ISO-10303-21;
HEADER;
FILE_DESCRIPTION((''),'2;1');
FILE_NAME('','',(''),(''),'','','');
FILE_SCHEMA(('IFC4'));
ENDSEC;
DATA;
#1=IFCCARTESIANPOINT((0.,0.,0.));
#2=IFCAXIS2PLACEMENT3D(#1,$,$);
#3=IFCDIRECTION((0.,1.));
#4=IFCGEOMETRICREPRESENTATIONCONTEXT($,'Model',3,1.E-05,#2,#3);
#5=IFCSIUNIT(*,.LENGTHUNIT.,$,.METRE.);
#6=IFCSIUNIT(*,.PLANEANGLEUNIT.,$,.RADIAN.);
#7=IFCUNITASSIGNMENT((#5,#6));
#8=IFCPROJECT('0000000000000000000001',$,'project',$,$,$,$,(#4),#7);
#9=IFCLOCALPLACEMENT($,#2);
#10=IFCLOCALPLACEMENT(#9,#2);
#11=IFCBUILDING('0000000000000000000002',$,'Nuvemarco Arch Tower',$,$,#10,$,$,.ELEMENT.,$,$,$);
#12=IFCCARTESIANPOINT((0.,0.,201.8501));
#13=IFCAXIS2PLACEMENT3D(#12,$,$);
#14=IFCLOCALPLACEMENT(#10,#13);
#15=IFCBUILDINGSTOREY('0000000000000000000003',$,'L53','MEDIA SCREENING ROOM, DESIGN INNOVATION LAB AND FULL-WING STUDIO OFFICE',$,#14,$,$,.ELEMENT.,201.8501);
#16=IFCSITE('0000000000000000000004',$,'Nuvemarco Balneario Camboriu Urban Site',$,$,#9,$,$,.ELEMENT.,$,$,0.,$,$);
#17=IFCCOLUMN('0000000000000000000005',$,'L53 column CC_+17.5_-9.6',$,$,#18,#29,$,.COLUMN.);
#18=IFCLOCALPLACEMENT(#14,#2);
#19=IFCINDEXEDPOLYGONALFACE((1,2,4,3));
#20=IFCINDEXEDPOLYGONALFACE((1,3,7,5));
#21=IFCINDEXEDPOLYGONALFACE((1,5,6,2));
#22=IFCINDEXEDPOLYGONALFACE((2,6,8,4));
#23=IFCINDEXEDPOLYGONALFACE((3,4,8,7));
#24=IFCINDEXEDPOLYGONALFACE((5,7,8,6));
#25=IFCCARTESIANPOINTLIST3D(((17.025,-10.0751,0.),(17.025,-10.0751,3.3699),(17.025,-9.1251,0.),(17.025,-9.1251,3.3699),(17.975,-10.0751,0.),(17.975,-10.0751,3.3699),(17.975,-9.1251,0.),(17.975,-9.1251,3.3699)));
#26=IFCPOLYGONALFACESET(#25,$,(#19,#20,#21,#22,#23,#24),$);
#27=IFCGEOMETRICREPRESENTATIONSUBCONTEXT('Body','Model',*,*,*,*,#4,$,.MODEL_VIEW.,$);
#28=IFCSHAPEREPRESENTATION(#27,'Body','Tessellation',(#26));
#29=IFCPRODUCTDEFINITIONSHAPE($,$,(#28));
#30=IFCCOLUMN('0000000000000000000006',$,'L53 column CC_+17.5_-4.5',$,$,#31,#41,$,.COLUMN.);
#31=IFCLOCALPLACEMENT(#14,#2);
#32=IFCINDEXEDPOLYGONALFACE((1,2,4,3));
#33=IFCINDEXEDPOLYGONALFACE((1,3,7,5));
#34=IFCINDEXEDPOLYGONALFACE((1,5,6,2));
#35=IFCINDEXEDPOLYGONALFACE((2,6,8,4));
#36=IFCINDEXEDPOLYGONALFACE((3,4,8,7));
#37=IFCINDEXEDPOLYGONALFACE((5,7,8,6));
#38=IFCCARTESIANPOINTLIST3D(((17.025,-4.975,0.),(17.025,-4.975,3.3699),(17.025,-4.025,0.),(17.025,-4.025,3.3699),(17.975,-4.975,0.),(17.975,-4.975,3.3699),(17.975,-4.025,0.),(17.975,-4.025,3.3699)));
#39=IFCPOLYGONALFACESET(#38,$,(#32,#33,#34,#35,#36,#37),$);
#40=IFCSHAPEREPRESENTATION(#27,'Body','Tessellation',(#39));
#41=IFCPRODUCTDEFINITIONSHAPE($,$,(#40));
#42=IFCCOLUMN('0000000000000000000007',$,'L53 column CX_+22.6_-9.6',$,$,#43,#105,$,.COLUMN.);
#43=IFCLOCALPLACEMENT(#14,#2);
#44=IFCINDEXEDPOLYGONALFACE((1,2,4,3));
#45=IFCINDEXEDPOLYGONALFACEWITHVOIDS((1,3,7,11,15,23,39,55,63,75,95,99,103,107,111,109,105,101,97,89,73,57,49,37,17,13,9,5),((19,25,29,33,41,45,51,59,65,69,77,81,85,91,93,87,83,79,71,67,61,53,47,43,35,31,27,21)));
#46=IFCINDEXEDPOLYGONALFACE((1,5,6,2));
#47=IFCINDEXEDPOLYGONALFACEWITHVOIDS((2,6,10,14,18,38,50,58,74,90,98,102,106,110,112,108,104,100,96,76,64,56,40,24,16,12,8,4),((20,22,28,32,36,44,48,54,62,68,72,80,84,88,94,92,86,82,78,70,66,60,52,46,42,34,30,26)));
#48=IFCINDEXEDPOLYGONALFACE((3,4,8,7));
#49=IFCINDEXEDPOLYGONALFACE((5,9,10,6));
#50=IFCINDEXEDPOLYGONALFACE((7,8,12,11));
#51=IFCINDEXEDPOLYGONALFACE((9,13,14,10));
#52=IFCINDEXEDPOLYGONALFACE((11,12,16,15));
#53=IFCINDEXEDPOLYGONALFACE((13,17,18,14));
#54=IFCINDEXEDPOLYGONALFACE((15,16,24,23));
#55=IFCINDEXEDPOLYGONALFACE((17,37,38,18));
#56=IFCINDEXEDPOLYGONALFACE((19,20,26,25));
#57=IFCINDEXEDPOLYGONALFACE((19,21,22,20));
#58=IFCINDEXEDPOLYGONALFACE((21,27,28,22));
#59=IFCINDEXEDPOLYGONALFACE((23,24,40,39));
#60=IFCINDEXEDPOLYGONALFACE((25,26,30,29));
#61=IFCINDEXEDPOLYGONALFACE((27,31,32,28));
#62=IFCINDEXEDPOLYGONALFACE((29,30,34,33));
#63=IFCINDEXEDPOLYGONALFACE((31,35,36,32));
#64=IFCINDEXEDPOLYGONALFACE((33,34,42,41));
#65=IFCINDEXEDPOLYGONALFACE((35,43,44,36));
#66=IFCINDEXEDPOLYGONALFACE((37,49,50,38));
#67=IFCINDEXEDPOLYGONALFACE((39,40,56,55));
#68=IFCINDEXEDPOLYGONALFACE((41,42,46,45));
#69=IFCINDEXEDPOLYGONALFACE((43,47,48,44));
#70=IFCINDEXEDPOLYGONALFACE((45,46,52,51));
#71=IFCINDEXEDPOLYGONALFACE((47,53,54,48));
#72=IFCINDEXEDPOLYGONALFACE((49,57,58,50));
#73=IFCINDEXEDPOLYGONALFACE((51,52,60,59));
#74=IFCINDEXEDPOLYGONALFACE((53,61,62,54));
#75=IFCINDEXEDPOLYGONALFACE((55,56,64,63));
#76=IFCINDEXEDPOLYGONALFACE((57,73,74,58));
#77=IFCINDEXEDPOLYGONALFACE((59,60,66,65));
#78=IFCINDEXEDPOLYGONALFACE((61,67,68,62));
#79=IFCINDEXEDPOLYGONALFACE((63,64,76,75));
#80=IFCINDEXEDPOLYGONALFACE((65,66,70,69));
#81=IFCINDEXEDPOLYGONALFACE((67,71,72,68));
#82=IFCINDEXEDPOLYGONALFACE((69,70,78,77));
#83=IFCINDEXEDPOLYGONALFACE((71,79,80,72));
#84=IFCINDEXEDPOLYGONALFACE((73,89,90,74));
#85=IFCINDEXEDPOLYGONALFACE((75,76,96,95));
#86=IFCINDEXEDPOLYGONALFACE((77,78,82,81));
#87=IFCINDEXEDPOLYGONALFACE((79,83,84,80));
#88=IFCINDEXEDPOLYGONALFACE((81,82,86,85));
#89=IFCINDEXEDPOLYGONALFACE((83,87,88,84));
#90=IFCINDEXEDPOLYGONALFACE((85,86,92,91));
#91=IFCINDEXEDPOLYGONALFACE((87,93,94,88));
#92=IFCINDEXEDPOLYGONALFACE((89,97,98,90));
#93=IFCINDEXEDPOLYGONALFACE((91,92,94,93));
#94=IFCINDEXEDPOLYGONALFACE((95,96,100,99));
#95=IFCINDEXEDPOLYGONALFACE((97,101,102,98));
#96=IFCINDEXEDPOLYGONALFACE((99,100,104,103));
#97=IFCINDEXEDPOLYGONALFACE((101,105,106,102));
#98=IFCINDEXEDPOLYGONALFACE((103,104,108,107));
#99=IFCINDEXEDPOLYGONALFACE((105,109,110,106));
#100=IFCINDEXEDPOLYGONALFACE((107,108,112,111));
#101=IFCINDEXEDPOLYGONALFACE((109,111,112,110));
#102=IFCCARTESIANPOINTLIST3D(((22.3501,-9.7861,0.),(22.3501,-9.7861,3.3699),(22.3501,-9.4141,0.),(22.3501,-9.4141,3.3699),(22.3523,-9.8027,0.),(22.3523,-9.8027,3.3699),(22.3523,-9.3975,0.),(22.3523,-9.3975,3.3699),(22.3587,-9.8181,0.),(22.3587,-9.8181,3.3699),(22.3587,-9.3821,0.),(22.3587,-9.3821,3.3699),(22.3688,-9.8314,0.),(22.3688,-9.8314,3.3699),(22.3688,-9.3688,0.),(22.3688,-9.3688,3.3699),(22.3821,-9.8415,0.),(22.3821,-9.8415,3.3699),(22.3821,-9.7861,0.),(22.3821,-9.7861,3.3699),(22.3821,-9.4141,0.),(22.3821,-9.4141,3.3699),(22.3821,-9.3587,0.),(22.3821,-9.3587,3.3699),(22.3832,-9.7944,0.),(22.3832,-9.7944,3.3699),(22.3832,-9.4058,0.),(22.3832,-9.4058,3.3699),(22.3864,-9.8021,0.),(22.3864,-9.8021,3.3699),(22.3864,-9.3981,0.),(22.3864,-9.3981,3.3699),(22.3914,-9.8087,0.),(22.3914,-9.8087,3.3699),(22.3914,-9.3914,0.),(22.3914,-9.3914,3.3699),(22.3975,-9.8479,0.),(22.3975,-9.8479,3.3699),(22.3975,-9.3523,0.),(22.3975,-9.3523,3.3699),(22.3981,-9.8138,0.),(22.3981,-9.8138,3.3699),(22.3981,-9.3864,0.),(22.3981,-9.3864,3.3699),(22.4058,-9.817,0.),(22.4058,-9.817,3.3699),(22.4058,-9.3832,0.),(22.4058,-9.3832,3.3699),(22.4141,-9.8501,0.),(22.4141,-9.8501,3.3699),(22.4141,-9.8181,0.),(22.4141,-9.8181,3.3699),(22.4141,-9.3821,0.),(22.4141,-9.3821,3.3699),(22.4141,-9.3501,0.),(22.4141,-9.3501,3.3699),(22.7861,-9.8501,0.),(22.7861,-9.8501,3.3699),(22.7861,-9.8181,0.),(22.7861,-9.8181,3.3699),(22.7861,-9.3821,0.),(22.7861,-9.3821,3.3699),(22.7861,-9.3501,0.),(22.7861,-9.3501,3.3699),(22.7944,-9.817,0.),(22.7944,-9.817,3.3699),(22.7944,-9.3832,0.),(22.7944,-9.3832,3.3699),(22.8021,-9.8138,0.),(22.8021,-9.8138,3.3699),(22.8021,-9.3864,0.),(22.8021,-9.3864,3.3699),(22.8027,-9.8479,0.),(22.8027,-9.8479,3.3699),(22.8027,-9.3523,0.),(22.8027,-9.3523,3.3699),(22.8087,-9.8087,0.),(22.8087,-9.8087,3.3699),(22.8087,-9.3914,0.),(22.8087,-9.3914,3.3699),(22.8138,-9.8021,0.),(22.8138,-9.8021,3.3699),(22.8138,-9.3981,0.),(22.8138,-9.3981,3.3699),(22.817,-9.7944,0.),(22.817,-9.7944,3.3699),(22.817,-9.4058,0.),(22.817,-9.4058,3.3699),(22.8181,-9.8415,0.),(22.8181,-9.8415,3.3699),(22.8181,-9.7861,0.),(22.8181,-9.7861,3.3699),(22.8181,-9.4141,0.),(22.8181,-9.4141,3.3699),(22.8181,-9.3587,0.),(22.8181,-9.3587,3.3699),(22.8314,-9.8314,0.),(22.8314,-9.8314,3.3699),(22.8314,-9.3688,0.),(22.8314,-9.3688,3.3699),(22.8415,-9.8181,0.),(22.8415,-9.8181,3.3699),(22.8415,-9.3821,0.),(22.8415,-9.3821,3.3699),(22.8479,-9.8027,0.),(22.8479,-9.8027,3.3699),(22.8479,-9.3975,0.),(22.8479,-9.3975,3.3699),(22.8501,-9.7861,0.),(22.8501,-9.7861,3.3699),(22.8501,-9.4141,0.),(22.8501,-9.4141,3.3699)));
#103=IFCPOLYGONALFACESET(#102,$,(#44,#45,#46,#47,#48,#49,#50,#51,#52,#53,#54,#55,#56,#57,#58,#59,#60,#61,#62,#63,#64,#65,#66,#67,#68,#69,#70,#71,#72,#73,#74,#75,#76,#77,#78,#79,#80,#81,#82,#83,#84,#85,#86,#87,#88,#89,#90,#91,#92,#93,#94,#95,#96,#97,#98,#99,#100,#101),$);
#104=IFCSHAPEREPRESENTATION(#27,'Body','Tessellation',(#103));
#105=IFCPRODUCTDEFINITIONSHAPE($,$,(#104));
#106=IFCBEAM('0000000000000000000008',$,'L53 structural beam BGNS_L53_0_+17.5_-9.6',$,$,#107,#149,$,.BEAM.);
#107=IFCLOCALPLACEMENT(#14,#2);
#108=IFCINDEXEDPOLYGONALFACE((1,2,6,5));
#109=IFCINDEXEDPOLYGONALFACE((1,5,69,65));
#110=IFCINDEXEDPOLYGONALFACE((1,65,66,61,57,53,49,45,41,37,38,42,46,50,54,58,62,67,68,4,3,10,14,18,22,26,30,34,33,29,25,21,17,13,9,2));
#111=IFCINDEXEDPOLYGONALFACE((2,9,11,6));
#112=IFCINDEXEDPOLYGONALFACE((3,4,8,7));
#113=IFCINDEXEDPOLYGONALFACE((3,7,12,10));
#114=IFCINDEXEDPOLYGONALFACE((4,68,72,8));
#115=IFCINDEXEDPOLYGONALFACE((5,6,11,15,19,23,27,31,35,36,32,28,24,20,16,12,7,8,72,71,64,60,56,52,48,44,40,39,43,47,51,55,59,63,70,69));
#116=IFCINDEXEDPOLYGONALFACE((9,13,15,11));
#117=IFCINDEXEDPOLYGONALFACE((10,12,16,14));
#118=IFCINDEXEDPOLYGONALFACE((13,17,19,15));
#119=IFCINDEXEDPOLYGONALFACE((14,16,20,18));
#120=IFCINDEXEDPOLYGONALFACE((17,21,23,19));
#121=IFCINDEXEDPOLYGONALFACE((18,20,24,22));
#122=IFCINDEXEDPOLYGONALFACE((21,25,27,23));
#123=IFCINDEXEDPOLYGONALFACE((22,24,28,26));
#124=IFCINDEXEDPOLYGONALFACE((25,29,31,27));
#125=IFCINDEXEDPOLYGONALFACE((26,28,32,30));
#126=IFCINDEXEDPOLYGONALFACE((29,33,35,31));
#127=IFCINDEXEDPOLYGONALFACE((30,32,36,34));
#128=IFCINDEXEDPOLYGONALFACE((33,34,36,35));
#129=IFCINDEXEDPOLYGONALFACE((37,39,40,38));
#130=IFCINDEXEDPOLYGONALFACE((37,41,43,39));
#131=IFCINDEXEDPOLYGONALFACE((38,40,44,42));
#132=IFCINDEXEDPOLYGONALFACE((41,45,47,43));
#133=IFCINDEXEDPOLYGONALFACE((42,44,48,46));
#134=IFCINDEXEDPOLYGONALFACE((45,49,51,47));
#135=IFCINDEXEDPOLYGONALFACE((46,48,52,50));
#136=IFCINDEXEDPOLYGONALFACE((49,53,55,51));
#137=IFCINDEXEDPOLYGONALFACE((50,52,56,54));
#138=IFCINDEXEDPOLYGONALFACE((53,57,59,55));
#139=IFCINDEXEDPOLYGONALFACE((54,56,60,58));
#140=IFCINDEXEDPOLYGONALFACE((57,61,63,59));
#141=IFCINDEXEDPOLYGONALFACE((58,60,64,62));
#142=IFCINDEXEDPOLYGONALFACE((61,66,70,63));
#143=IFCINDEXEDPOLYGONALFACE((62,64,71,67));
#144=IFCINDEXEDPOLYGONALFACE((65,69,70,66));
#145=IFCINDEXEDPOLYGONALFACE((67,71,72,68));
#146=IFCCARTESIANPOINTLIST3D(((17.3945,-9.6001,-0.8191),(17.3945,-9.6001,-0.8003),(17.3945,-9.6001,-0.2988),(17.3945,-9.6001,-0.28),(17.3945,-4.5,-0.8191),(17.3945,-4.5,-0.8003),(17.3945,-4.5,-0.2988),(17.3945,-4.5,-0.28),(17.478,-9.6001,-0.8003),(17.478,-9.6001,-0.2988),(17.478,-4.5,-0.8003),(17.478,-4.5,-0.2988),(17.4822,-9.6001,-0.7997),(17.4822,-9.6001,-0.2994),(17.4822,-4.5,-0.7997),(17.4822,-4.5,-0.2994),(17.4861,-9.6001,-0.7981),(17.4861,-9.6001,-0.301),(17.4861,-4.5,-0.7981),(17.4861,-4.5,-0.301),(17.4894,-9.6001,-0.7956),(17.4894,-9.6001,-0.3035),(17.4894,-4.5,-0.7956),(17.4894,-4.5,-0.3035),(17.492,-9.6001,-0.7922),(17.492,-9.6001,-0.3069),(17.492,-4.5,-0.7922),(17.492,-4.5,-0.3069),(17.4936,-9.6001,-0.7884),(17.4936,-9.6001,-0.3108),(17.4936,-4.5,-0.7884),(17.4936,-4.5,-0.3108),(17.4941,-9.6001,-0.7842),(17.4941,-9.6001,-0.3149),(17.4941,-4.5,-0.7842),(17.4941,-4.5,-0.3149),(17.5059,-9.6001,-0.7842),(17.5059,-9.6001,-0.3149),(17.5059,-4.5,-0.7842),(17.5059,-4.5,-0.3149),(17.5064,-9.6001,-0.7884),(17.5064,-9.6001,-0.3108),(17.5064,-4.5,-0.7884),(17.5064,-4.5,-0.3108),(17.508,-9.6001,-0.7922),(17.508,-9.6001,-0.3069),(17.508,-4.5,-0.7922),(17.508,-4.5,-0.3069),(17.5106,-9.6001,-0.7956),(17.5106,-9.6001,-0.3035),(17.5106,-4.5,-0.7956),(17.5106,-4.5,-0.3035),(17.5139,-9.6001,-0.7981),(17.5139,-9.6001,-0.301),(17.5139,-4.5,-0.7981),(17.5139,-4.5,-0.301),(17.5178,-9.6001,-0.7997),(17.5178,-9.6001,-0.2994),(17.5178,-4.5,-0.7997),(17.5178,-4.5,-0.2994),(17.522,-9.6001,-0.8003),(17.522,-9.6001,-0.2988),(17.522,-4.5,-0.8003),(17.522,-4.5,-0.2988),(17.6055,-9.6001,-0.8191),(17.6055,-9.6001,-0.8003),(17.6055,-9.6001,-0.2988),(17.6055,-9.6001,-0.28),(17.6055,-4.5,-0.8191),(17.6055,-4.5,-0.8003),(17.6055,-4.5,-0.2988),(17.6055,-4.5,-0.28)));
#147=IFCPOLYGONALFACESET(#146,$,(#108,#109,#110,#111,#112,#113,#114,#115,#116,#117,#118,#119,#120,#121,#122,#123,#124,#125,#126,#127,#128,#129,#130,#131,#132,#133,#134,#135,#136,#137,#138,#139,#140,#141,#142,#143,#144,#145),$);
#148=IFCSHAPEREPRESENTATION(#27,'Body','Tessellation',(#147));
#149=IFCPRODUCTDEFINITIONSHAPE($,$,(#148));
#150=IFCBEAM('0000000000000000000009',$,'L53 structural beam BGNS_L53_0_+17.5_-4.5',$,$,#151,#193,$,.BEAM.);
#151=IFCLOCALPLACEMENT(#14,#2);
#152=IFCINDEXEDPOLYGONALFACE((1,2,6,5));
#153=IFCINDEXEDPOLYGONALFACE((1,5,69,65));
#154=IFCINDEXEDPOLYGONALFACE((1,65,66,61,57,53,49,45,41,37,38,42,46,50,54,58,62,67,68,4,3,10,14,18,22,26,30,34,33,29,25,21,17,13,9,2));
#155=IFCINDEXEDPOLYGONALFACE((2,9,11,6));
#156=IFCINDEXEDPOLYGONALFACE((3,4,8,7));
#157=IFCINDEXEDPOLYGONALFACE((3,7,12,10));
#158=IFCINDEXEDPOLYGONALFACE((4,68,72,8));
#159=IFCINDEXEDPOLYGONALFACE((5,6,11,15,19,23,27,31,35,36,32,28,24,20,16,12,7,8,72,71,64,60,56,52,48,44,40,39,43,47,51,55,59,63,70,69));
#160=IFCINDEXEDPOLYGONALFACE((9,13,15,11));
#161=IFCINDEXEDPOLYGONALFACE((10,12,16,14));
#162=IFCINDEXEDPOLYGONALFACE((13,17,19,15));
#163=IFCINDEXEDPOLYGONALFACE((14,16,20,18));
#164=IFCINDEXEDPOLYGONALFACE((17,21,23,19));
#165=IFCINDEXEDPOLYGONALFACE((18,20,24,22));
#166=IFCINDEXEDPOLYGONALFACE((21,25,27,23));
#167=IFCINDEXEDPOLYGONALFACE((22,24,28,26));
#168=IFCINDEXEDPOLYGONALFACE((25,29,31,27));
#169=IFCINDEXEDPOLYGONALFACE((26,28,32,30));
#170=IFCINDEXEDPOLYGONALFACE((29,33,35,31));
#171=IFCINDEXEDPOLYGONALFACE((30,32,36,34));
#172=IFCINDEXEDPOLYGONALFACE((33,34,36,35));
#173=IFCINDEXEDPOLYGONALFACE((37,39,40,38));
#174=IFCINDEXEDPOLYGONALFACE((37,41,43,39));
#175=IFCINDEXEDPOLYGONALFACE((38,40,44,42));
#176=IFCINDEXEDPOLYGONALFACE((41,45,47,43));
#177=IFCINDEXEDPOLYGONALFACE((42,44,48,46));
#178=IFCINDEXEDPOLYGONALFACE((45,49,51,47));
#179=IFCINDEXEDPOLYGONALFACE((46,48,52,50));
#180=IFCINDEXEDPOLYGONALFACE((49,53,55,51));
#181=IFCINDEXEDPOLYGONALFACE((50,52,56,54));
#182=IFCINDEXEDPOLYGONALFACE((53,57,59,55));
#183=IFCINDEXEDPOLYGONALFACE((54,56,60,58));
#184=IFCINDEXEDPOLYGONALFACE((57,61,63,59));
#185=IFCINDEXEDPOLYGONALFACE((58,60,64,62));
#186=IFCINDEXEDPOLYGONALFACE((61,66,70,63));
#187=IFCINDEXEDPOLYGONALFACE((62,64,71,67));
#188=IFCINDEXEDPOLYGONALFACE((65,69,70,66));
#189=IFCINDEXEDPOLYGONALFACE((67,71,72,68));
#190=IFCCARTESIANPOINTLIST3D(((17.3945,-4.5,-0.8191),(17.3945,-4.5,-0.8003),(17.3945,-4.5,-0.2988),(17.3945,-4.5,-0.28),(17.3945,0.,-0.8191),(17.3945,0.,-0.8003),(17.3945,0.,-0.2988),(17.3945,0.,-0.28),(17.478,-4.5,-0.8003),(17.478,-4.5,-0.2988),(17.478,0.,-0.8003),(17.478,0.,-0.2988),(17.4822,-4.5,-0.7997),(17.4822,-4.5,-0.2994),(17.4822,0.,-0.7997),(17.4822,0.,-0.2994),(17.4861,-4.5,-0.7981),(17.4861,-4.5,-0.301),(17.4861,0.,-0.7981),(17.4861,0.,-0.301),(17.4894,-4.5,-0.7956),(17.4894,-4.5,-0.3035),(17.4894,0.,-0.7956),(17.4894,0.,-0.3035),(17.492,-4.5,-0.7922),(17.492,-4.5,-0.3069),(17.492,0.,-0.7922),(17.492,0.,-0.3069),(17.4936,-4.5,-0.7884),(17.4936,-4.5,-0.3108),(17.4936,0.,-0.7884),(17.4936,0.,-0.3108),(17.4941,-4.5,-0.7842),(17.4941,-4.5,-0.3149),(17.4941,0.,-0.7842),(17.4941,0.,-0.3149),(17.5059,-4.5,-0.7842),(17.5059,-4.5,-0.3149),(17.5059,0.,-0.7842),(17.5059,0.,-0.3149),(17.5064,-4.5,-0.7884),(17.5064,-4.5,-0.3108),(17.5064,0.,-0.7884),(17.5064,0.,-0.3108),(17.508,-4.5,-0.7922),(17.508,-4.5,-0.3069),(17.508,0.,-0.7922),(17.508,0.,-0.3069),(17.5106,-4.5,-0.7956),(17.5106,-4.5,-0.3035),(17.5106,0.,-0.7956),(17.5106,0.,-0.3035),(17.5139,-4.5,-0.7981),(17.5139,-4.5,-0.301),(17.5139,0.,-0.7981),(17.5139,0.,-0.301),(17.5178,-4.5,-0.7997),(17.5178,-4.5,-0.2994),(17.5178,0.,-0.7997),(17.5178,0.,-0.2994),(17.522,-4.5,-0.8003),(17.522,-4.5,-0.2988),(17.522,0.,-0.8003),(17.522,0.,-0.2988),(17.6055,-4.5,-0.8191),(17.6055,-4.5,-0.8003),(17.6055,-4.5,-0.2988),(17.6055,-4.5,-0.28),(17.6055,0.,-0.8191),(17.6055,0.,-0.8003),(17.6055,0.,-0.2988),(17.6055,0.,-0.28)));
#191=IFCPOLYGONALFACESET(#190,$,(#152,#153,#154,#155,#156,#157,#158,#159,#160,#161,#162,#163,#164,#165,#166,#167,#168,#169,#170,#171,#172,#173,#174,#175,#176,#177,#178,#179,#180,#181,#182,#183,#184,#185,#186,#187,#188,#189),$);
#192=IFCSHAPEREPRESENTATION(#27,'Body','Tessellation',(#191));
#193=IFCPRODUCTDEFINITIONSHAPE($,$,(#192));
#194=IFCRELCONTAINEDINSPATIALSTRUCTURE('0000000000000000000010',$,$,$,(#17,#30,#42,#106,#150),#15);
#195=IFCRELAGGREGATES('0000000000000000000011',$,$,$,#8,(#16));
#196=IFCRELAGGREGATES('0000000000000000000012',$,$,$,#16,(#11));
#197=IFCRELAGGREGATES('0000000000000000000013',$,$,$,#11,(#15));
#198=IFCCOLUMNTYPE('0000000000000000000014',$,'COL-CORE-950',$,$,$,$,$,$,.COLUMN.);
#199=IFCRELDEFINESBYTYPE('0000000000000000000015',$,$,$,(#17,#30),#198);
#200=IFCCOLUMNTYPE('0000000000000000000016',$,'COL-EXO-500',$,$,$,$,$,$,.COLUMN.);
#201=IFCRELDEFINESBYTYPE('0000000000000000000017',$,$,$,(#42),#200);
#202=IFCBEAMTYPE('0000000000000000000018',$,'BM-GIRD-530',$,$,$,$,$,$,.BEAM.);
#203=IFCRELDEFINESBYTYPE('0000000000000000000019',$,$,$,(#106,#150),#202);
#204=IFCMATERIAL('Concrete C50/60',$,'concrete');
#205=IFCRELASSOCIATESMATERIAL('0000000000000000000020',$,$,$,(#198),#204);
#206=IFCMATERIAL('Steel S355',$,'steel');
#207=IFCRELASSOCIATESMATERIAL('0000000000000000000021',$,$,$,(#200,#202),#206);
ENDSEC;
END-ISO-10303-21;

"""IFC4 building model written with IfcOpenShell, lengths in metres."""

from ifc_helpers import new_model, si_unit, direction, frame, origin, origin_2d, place, context, subcontext, project, spatial, rectangle, hollow_rectangle, i_section, extrude, material, material_profile, profile_set, type_object, element, save


model = new_model("IFC4")

# Units and contexts
model_context = context("Model", 3, precision=1e-05, world=origin(), true_north=direction((0.0, 1.0)))
body_context = subcontext(model_context, "Body", "Model", "MODEL_VIEW")
ifc_project = project(units=[si_unit("LENGTHUNIT", "METRE"), si_unit("PLANEANGLEUNIT", "RADIAN")], contexts=[model_context])

# Site, building, storey
site_placement = place(None, origin())
site = spatial("IfcSite", under=ifc_project, at=site_placement, Name="Nuvemarco Balneario Camboriu Urban Site", CompositionType="ELEMENT", RefElevation=0.0)
building_placement = place(site_placement, origin())
building = spatial("IfcBuilding", under=site, at=building_placement, Name="Nuvemarco Arch Tower", CompositionType="ELEMENT")
storey_placement = place(building_placement, frame((0.0, 0.0, 201.8501)))
storey = spatial("IfcBuildingStorey", under=building, at=storey_placement, Name="L53", Description="MEDIA SCREENING ROOM, DESIGN INNOVATION LAB AND FULL-WING STUDIO OFFICE", CompositionType="ELEMENT", Elevation=201.8501)

# Columns
ifc_material_1 = material(Name="Concrete C50/60", Category="concrete")
ifc_material_profile_1 = material_profile(ifc_material_1, rectangle(XDim=0.95, YDim=0.95, at=origin_2d()), Name="RC-COL-950x950")
ifc_profile_set_1 = profile_set([ifc_material_profile_1], Name="Concrete C50/60")
column_type_1 = type_object("IfcColumnType", Name="COL-CORE-950", PredefinedType="COLUMN", material=ifc_profile_set_1)
for number, where, z_axis, x_axis, name in (
    (1, (17.5, -9.6001, 0.0), (0.0, 0.0, 1.0), (1.0, 0.0, 0.0), "L53 column CC_+17.5_-9.6"),
    (2, (17.5, -4.5, 0.0), (0.0, 0.0, 1.0), (1.0, 0.0, 0.0), "L53 column CC_+17.5_-4.5"),
):
    element("IfcColumn", number, at=place(storey_placement, frame(where, z_axis=z_axis, x_axis=x_axis)), inside=storey, type_object=column_type_1, Name=name, PredefinedType="COLUMN", context=body_context, shape_type="SweptSolid", body=[
        extrude(rectangle(XDim=0.95, YDim=0.95, at=origin_2d()), origin(), (0.0, 0.0, 1.0), 3.3699),
    ])
ifc_material_2 = material(Name="Steel S355", Category="steel")
ifc_material_profile_2 = material_profile(ifc_material_2, hollow_rectangle(XDim=0.5, YDim=0.5, WallThickness=0.032, InnerFilletRadius=0.032, OuterFilletRadius=0.064, at=origin_2d()), Name="SHS500x500x32")
ifc_profile_set_2 = profile_set([ifc_material_profile_2], Name="Steel S355")
column_type_2 = type_object("IfcColumnType", Name="COL-EXO-500", PredefinedType="COLUMN", material=ifc_profile_set_2)
column_placement = place(storey_placement, frame((22.6001, -9.6001, 0.0), z_axis=(0.0, 0.0, 1.0), x_axis=(1.0, 0.0, 0.0)))
element("IfcColumn", 3, at=column_placement, inside=storey, type_object=column_type_2, Name="L53 column CX_+22.6_-9.6", PredefinedType="COLUMN", context=body_context, shape_type="SweptSolid", body=[
    extrude(hollow_rectangle(XDim=0.5, YDim=0.5, WallThickness=0.032, InnerFilletRadius=0.032, OuterFilletRadius=0.064, at=origin_2d()), origin(), (0.0, 0.0, 1.0), 3.3699),
])

# Beams
ifc_material_profile_3 = material_profile(ifc_material_2, i_section(OverallWidth=0.2109, OverallDepth=0.5391, WebThickness=0.0117, FlangeThickness=0.0188, FilletRadius=0.0161, at=origin_2d()), Name="W530x109")
ifc_profile_set_3 = profile_set([ifc_material_profile_3], Name="Steel S355")
beam_type_1 = type_object("IfcBeamType", Name="BM-GIRD-530", PredefinedType="BEAM", material=ifc_profile_set_3)
beam_1_placement = place(storey_placement, frame((17.5, -9.6001, -0.5496), z_axis=(0.0, 1.0, 0.0), x_axis=(-1.0, 0.0, 0.0)))
element("IfcBeam", 4, at=beam_1_placement, inside=storey, type_object=beam_type_1, Name="L53 structural beam BGNS_L53_0_+17.5_-9.6", PredefinedType="BEAM", context=body_context, shape_type="SweptSolid", body=[
    extrude(i_section(OverallWidth=0.2109, OverallDepth=0.5391, WebThickness=0.0117, FlangeThickness=0.0188, FilletRadius=0.0161, at=origin_2d()), origin(), (0.0, 0.0, 1.0), 5.1001),
])
beam_2_placement = place(storey_placement, frame((17.5, -4.5, -0.5496), z_axis=(0.0, 1.0, 0.0), x_axis=(-1.0, 0.0, 0.0)))
element("IfcBeam", 5, at=beam_2_placement, inside=storey, type_object=beam_type_1, Name="L53 structural beam BGNS_L53_0_+17.5_-4.5", PredefinedType="BEAM", context=body_context, shape_type="SweptSolid", body=[
    extrude(i_section(OverallWidth=0.2109, OverallDepth=0.5391, WebThickness=0.0117, FlangeThickness=0.0188, FilletRadius=0.0161, at=origin_2d()), origin(), (0.0, 0.0, 1.0), 4.5),
])

save(model, "model.ifc")
